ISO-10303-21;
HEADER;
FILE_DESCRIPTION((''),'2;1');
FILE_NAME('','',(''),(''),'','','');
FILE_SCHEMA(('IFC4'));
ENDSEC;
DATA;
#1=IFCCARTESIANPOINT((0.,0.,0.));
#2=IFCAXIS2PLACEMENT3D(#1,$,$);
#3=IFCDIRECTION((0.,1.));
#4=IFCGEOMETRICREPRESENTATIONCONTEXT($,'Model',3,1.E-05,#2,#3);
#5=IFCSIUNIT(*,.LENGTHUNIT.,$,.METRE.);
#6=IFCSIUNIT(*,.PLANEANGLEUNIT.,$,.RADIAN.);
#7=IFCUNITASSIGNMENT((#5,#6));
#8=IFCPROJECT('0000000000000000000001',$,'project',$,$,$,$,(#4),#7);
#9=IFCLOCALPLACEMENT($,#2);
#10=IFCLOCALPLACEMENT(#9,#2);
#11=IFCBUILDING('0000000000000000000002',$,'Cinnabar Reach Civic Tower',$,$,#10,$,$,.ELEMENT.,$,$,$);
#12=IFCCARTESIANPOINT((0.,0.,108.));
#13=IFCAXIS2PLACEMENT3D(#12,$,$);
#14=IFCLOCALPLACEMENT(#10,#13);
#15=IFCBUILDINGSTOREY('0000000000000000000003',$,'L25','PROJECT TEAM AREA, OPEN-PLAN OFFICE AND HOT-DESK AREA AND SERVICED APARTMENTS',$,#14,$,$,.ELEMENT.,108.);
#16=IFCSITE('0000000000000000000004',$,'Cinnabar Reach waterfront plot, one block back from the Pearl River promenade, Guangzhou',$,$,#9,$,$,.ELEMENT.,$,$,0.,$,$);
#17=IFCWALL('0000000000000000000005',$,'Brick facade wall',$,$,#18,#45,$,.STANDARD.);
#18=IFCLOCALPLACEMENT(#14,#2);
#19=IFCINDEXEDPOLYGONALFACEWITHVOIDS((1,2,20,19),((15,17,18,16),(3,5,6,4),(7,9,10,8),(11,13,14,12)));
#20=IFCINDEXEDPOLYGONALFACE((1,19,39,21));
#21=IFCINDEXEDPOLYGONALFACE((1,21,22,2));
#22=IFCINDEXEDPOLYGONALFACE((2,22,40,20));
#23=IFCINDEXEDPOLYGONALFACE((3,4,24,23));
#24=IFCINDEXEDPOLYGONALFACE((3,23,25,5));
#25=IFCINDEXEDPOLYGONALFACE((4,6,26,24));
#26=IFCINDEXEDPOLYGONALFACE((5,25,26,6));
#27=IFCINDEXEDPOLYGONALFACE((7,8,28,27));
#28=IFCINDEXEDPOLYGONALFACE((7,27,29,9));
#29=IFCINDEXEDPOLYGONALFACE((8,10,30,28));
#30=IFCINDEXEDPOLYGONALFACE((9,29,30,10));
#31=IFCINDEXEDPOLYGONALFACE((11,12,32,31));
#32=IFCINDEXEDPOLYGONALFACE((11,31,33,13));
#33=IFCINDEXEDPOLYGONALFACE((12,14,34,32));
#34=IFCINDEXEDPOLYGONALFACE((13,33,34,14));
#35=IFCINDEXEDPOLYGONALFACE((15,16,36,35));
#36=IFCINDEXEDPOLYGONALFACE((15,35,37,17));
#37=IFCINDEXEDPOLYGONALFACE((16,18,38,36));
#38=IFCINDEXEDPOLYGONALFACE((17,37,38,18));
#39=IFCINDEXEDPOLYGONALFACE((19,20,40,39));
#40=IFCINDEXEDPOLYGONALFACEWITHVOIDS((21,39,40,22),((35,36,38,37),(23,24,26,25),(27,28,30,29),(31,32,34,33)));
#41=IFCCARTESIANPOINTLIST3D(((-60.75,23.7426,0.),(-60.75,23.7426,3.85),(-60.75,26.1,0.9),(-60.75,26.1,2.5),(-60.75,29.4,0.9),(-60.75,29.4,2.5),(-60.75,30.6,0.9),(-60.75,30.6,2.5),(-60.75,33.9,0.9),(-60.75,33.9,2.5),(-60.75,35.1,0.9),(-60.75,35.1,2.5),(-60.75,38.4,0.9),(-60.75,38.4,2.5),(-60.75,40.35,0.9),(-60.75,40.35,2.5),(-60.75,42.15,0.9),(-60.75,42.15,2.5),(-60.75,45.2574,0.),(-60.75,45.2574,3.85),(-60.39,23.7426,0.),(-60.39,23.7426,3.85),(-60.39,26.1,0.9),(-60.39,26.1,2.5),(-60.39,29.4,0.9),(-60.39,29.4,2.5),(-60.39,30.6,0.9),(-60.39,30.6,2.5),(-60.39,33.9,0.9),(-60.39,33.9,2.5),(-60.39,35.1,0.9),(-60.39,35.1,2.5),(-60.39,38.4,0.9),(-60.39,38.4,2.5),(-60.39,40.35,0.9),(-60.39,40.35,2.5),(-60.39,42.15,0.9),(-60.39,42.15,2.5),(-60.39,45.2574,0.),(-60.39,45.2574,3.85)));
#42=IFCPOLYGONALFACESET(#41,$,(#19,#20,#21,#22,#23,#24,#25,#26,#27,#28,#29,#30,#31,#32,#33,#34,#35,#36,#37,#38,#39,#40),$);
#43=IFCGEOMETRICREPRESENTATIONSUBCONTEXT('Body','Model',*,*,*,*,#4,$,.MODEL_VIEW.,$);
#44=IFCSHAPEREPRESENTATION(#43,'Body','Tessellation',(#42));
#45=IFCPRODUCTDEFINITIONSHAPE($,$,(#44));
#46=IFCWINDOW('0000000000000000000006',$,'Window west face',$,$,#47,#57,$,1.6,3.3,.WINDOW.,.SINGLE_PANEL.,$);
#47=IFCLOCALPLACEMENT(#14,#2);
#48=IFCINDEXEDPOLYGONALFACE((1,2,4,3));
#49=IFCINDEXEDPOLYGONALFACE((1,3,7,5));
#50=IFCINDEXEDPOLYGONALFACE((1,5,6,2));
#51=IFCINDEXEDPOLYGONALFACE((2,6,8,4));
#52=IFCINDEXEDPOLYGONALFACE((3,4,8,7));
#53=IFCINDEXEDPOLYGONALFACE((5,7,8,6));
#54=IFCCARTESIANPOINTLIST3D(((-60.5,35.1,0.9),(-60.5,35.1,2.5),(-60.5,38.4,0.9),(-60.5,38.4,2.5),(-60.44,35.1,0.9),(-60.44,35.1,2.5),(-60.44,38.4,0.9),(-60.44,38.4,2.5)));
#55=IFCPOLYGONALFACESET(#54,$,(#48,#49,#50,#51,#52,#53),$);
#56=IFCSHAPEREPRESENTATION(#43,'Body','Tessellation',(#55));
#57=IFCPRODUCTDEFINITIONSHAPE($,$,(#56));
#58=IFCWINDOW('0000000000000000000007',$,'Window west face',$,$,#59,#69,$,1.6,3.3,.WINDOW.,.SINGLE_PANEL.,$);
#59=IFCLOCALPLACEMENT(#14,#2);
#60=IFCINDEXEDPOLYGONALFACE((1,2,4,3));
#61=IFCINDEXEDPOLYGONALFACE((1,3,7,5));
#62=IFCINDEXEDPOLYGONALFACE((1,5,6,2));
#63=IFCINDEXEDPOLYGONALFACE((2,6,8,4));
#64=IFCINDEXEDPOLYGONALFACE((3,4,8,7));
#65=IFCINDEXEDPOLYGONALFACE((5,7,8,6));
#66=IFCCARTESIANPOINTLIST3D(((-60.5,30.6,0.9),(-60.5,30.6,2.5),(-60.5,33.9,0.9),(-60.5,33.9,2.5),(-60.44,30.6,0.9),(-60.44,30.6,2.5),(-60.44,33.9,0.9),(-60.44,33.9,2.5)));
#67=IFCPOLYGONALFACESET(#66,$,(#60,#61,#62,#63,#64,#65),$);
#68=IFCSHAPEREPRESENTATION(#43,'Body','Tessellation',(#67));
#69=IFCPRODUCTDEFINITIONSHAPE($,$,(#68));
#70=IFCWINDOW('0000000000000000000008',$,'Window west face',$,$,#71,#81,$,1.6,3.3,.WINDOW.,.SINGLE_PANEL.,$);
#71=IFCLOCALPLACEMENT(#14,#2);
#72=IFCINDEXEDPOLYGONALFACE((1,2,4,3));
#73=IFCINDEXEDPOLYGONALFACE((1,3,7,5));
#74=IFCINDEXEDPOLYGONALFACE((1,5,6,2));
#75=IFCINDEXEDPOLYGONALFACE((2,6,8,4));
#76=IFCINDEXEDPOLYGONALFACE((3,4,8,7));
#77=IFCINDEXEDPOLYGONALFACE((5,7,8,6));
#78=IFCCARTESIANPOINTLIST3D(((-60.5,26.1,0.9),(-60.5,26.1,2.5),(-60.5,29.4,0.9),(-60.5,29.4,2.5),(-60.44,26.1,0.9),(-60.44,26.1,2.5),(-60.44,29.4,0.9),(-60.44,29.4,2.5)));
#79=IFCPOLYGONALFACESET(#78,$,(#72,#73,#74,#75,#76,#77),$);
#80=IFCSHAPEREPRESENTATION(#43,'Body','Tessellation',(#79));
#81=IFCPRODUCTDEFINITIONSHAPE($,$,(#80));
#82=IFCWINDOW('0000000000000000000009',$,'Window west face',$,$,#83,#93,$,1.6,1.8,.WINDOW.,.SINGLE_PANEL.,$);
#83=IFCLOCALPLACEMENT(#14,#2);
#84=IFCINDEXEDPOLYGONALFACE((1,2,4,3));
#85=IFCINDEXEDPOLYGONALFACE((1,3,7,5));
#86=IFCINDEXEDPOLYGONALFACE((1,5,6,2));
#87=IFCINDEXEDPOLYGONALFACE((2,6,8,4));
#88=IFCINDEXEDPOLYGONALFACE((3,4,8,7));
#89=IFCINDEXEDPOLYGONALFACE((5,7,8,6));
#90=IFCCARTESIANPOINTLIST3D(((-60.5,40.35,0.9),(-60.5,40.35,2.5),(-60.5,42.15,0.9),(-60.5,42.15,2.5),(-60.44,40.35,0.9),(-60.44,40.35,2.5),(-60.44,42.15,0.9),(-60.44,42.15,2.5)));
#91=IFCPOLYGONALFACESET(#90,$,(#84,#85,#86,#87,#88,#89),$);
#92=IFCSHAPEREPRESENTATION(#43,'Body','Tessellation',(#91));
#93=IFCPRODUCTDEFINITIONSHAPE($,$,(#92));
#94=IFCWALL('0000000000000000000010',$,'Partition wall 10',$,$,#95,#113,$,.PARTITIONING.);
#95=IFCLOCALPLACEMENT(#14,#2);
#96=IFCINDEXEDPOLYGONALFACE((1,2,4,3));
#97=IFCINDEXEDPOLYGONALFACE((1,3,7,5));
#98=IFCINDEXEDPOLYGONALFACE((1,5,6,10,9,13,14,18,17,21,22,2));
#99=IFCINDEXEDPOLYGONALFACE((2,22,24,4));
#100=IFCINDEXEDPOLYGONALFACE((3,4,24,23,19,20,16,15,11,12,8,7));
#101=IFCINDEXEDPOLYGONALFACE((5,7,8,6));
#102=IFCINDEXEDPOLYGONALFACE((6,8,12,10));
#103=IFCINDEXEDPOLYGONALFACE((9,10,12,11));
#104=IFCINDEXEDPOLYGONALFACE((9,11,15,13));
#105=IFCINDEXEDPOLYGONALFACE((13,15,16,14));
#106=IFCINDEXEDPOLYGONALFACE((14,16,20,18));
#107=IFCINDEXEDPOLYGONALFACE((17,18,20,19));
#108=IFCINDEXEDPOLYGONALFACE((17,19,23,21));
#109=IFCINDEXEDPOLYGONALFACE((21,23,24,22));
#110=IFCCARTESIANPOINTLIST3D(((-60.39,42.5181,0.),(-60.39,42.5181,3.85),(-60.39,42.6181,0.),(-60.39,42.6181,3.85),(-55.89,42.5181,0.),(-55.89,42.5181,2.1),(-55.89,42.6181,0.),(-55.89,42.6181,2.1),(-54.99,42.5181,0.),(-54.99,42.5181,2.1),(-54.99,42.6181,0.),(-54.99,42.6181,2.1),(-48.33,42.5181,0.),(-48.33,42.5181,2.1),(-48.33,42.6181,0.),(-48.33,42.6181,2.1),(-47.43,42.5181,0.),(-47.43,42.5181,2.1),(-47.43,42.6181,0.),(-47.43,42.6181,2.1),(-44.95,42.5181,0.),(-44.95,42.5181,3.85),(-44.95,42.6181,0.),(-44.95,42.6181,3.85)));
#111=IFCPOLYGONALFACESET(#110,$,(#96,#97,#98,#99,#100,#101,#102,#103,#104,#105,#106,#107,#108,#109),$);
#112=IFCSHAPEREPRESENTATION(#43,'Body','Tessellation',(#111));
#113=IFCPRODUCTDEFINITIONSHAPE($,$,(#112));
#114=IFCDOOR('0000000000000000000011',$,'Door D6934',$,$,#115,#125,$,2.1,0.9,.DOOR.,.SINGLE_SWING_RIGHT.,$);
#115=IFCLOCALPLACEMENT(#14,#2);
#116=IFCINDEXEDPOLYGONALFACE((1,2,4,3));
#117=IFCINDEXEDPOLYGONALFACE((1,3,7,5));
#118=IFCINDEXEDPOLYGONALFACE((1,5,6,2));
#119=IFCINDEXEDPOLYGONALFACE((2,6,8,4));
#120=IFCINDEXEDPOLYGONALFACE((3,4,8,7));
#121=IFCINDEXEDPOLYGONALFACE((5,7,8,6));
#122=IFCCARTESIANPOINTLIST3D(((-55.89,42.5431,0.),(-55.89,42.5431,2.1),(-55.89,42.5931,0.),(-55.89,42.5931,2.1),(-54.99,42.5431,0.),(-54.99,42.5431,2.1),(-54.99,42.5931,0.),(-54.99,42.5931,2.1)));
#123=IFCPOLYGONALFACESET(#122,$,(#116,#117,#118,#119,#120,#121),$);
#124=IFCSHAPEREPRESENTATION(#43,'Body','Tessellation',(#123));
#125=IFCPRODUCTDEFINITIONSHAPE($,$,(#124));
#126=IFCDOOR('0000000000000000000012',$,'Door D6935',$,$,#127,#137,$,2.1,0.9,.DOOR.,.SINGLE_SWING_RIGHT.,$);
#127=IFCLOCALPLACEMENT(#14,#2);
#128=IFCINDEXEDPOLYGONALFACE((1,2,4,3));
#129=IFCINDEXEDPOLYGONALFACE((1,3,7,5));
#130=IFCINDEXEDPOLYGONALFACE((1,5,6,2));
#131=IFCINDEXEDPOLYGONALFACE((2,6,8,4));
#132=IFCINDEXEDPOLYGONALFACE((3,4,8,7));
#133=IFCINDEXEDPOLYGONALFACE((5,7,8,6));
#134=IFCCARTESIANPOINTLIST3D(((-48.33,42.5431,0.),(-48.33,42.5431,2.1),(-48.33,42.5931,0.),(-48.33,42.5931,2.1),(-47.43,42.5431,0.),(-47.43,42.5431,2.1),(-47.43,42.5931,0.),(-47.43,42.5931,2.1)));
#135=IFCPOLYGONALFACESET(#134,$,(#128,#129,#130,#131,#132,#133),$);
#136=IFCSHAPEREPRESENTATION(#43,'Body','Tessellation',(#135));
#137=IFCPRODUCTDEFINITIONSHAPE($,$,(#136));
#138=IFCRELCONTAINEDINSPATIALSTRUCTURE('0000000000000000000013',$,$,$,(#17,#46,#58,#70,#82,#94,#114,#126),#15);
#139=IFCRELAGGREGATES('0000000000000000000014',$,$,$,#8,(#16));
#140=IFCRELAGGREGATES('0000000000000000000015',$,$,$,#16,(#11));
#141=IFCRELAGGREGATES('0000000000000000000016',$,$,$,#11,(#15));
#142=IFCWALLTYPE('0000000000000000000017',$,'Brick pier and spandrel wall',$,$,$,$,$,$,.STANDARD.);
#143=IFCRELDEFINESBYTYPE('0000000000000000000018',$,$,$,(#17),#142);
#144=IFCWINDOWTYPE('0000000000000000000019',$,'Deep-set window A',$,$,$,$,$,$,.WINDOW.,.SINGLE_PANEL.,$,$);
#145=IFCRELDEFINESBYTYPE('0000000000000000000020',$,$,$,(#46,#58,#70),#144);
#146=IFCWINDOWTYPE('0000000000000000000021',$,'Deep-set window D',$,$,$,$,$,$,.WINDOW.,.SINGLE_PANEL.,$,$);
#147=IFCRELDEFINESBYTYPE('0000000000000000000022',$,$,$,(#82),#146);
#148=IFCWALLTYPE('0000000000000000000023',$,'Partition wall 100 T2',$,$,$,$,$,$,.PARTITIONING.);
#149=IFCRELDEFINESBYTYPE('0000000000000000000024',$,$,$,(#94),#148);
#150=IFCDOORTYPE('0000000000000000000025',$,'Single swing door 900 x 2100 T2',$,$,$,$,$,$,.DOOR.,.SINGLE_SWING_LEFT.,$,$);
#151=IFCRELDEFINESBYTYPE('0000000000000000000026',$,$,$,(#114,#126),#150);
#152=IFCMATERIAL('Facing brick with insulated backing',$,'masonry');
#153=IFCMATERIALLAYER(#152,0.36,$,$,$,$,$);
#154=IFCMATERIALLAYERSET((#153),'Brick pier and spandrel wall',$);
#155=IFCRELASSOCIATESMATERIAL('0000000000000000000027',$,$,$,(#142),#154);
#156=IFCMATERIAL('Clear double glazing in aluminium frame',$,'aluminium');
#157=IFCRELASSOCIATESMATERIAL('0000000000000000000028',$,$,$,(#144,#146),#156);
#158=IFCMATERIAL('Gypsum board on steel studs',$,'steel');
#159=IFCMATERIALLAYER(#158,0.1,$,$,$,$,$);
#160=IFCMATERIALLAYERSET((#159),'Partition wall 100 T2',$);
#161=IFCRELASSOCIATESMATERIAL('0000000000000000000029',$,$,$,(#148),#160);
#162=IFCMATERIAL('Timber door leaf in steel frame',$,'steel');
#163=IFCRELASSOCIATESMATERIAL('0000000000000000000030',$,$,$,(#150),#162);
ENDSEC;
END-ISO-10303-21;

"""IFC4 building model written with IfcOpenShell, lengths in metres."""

from ifc_helpers import new_model, si_unit, direction, frame, frame_2d, origin, place, context, subcontext, project, spatial, rectangle, extrude, material, layer, layer_set, type_object, element, fill, save


model = new_model("IFC4")

# Units and contexts
model_context = context("Model", 3, precision=1e-05, world=origin(), true_north=direction((0.0, 1.0)))
body_context = subcontext(model_context, "Body", "Model", "MODEL_VIEW")
ifc_project = project(units=[si_unit("LENGTHUNIT", "METRE"), si_unit("PLANEANGLEUNIT", "RADIAN")], contexts=[model_context])

# Site, building, storey
site_placement = place(None, origin())
site = spatial("IfcSite", under=ifc_project, at=site_placement, Name="Cinnabar Reach waterfront plot, one block back from the Pearl River promenade, Guangzhou", CompositionType="ELEMENT", RefElevation=0.0)
building_placement = place(site_placement, origin())
building = spatial("IfcBuilding", under=site, at=building_placement, Name="Cinnabar Reach Civic Tower", CompositionType="ELEMENT")
storey_placement = place(building_placement, frame((0.0, 0.0, 108.0)))
storey = spatial("IfcBuildingStorey", under=building, at=storey_placement, Name="L25", Description="PROJECT TEAM AREA, OPEN-PLAN OFFICE AND HOT-DESK AREA AND SERVICED APARTMENTS", CompositionType="ELEMENT", Elevation=108.0)

# Shared definitions
ifc_material_1 = material(Name="Facing brick with insulated backing", Category="masonry")
ifc_layer_1 = layer(ifc_material_1, 0.36)
ifc_layer_set_1 = layer_set([ifc_layer_1], Name="Brick pier and spandrel wall")
wall_type_1 = type_object("IfcWallType", Name="Brick pier and spandrel wall", PredefinedType="STANDARD", material=ifc_layer_set_1)

# Wall, openings, windows
wall_1_placement = place(storey_placement, frame((-60.57, 45.2574, 0.0), z_axis=(0.0, 0.0, 1.0), x_axis=(0.0, -1.0, 0.0)))
wall_1 = element("IfcWall", 1, at=wall_1_placement, inside=storey, type_object=wall_type_1, Name="Brick facade wall", PredefinedType="STANDARD", context=body_context, shape_type="SweptSolid", body=[
    extrude(rectangle(XDim=21.5148, YDim=0.36, at=frame_2d((10.7574, 0.0))), origin(), (0.0, 0.0, 1.0), 3.85),
])
opening_1_placement = place(wall_1_placement, frame((3.1074, 0.0, 0.9)))
opening_1 = element("IfcOpeningElement", 2, at=opening_1_placement, cuts=wall_1, PredefinedType="OPENING", context=body_context, shape_type="SweptSolid", body=[
    extrude(rectangle(XDim=1.8, YDim=1.6, at=frame_2d((0.9, 0.8))), frame((0.0, 0.19, 0.0), z_axis=(0.0, -1.0, 0.0), x_axis=(1.0, 0.0, 0.0)), (0.0, 0.0, 1.0), 0.38),
])
opening_2_placement = place(wall_1_placement, frame((6.8574, 0.0, 0.9)))
opening_2 = element("IfcOpeningElement", 3, at=opening_2_placement, cuts=wall_1, PredefinedType="OPENING", context=body_context, shape_type="SweptSolid", body=[
    extrude(rectangle(XDim=3.3, YDim=1.6, at=frame_2d((1.65, 0.8))), frame((0.0, 0.19, 0.0), z_axis=(0.0, -1.0, 0.0), x_axis=(1.0, 0.0, 0.0)), (0.0, 0.0, 1.0), 0.38),
])
opening_3_placement = place(wall_1_placement, frame((11.3574, 0.0, 0.9)))
opening_3 = element("IfcOpeningElement", 4, at=opening_3_placement, cuts=wall_1, PredefinedType="OPENING", context=body_context, shape_type="SweptSolid", body=[
    extrude(rectangle(XDim=3.3, YDim=1.6, at=frame_2d((1.65, 0.8))), frame((0.0, 0.19, 0.0), z_axis=(0.0, -1.0, 0.0), x_axis=(1.0, 0.0, 0.0)), (0.0, 0.0, 1.0), 0.38),
])
opening_4_placement = place(wall_1_placement, frame((15.8574, 0.0, 0.9)))
opening_4 = element("IfcOpeningElement", 5, at=opening_4_placement, cuts=wall_1, PredefinedType="OPENING", context=body_context, shape_type="SweptSolid", body=[
    extrude(rectangle(XDim=3.3, YDim=1.6, at=frame_2d((1.65, 0.8))), frame((0.0, 0.19, 0.0), z_axis=(0.0, -1.0, 0.0), x_axis=(1.0, 0.0, 0.0)), (0.0, 0.0, 1.0), 0.38),
])
ifc_material_2 = material(Name="Clear double glazing in aluminium frame", Category="aluminium")
window_type_1 = type_object("IfcWindowType", Name="Deep-set window A", PartitioningType="SINGLE_PANEL", PredefinedType="WINDOW", material=ifc_material_2)
window_1_placement = place(opening_2_placement, origin())
window_1 = element("IfcWindow", 6, at=window_1_placement, inside=storey, type_object=window_type_1, Name="Window west face", OverallHeight=1.6, OverallWidth=3.3, PartitioningType="SINGLE_PANEL", PredefinedType="WINDOW", context=body_context, shape_type="SweptSolid", body=[
    extrude(rectangle(XDim=3.3, YDim=1.6, at=frame_2d((1.65, 0.8))), frame((0.0, 0.13, 0.0), z_axis=(0.0, -1.0, 0.0), x_axis=(1.0, 0.0, 0.0)), (0.0, 0.0, 1.0), 0.06),
])
fill(opening_2, window_1)
window_2_placement = place(opening_3_placement, origin())
window_2 = element("IfcWindow", 7, at=window_2_placement, inside=storey, type_object=window_type_1, Name="Window west face", OverallHeight=1.6, OverallWidth=3.3, PartitioningType="SINGLE_PANEL", PredefinedType="WINDOW", context=body_context, shape_type="SweptSolid", body=[
    extrude(rectangle(XDim=3.3, YDim=1.6, at=frame_2d((1.65, 0.8))), frame((0.0, 0.13, 0.0), z_axis=(0.0, -1.0, 0.0), x_axis=(1.0, 0.0, 0.0)), (0.0, 0.0, 1.0), 0.06),
])
fill(opening_3, window_2)
window_3_placement = place(opening_4_placement, origin())
window_3 = element("IfcWindow", 8, at=window_3_placement, inside=storey, type_object=window_type_1, Name="Window west face", OverallHeight=1.6, OverallWidth=3.3, PartitioningType="SINGLE_PANEL", PredefinedType="WINDOW", context=body_context, shape_type="SweptSolid", body=[
    extrude(rectangle(XDim=3.3, YDim=1.6, at=frame_2d((1.65, 0.8))), frame((0.0, 0.13, 0.0), z_axis=(0.0, -1.0, 0.0), x_axis=(1.0, 0.0, 0.0)), (0.0, 0.0, 1.0), 0.06),
])
fill(opening_4, window_3)
window_type_2 = type_object("IfcWindowType", Name="Deep-set window D", PartitioningType="SINGLE_PANEL", PredefinedType="WINDOW", material=ifc_material_2)
window_4_placement = place(opening_1_placement, origin())
window_4 = element("IfcWindow", 9, at=window_4_placement, inside=storey, type_object=window_type_2, Name="Window west face", OverallHeight=1.6, OverallWidth=1.8, PartitioningType="SINGLE_PANEL", PredefinedType="WINDOW", context=body_context, shape_type="SweptSolid", body=[
    extrude(rectangle(XDim=1.8, YDim=1.6, at=frame_2d((0.9, 0.8))), frame((0.0, 0.13, 0.0), z_axis=(0.0, -1.0, 0.0), x_axis=(1.0, 0.0, 0.0)), (0.0, 0.0, 1.0), 0.06),
])
fill(opening_1, window_4)

# Wall, openings, doors
ifc_material_3 = material(Name="Gypsum board on steel studs", Category="steel")
ifc_layer_2 = layer(ifc_material_3, 0.1)
ifc_layer_set_2 = layer_set([ifc_layer_2], Name="Partition wall 100 T2")
wall_type_2 = type_object("IfcWallType", Name="Partition wall 100 T2", PredefinedType="PARTITIONING", material=ifc_layer_set_2)
wall_2_placement = place(storey_placement, frame((-60.39, 42.5681, 0.0), z_axis=(0.0, 0.0, 1.0), x_axis=(1.0, 0.0, 0.0)))
wall_2 = element("IfcWall", 10, at=wall_2_placement, inside=storey, type_object=wall_type_2, Name="Partition wall 10", PredefinedType="PARTITIONING", context=body_context, shape_type="SweptSolid", body=[
    extrude(rectangle(XDim=15.44, YDim=0.1, at=frame_2d((7.72, 0.0))), origin(), (0.0, 0.0, 1.0), 3.85),
])
opening_5_placement = place(wall_2_placement, frame((4.5, 0.0, 0.0)))
opening_5 = element("IfcOpeningElement", 11, at=opening_5_placement, cuts=wall_2, PredefinedType="OPENING", context=body_context, shape_type="SweptSolid", body=[
    extrude(rectangle(XDim=0.9, YDim=2.1, at=frame_2d((0.45, 1.05))), frame((0.0, 0.06, 0.0), z_axis=(0.0, -1.0, 0.0), x_axis=(1.0, 0.0, 0.0)), (0.0, 0.0, 1.0), 0.12),
])
opening_6_placement = place(wall_2_placement, frame((12.06, 0.0, 0.0)))
opening_6 = element("IfcOpeningElement", 12, at=opening_6_placement, cuts=wall_2, PredefinedType="OPENING", context=body_context, shape_type="SweptSolid", body=[
    extrude(rectangle(XDim=0.9, YDim=2.1, at=frame_2d((0.45, 1.05))), frame((0.0, 0.06, 0.0), z_axis=(0.0, -1.0, 0.0), x_axis=(1.0, 0.0, 0.0)), (0.0, 0.0, 1.0), 0.12),
])
ifc_material_4 = material(Name="Timber door leaf in steel frame", Category="steel")
door_type = type_object("IfcDoorType", Name="Single swing door 900 x 2100 T2", OperationType="SINGLE_SWING_LEFT", PredefinedType="DOOR", material=ifc_material_4)
door_1_placement = place(opening_5_placement, frame((0.9, 0.0, 0.0), z_axis=(0.0, 0.0, 1.0), x_axis=(-1.0, 0.0, 0.0)))
door_1 = element("IfcDoor", 13, at=door_1_placement, inside=storey, type_object=door_type, Name="Door D6934", OperationType="SINGLE_SWING_RIGHT", OverallHeight=2.1, OverallWidth=0.9, PredefinedType="DOOR", context=body_context, shape_type="SweptSolid", body=[
    extrude(rectangle(XDim=0.9, YDim=2.1, at=frame_2d((0.45, 1.05))), frame((0.0, 0.025, 0.0), z_axis=(0.0, -1.0, 0.0), x_axis=(1.0, 0.0, 0.0)), (0.0, 0.0, 1.0), 0.05),
])
fill(opening_5, door_1)
door_2_placement = place(opening_6_placement, origin())
door_2 = element("IfcDoor", 14, at=door_2_placement, inside=storey, type_object=door_type, Name="Door D6935", OperationType="SINGLE_SWING_RIGHT", OverallHeight=2.1, OverallWidth=0.9, PredefinedType="DOOR", context=body_context, shape_type="SweptSolid", body=[
    extrude(rectangle(XDim=0.9, YDim=2.1, at=frame_2d((0.45, 1.05))), frame((0.0, 0.025, 0.0), z_axis=(0.0, -1.0, 0.0), x_axis=(1.0, 0.0, 0.0)), (0.0, 0.0, 1.0), 0.05),
])
fill(opening_6, door_2)

save(model, "model.ifc")
